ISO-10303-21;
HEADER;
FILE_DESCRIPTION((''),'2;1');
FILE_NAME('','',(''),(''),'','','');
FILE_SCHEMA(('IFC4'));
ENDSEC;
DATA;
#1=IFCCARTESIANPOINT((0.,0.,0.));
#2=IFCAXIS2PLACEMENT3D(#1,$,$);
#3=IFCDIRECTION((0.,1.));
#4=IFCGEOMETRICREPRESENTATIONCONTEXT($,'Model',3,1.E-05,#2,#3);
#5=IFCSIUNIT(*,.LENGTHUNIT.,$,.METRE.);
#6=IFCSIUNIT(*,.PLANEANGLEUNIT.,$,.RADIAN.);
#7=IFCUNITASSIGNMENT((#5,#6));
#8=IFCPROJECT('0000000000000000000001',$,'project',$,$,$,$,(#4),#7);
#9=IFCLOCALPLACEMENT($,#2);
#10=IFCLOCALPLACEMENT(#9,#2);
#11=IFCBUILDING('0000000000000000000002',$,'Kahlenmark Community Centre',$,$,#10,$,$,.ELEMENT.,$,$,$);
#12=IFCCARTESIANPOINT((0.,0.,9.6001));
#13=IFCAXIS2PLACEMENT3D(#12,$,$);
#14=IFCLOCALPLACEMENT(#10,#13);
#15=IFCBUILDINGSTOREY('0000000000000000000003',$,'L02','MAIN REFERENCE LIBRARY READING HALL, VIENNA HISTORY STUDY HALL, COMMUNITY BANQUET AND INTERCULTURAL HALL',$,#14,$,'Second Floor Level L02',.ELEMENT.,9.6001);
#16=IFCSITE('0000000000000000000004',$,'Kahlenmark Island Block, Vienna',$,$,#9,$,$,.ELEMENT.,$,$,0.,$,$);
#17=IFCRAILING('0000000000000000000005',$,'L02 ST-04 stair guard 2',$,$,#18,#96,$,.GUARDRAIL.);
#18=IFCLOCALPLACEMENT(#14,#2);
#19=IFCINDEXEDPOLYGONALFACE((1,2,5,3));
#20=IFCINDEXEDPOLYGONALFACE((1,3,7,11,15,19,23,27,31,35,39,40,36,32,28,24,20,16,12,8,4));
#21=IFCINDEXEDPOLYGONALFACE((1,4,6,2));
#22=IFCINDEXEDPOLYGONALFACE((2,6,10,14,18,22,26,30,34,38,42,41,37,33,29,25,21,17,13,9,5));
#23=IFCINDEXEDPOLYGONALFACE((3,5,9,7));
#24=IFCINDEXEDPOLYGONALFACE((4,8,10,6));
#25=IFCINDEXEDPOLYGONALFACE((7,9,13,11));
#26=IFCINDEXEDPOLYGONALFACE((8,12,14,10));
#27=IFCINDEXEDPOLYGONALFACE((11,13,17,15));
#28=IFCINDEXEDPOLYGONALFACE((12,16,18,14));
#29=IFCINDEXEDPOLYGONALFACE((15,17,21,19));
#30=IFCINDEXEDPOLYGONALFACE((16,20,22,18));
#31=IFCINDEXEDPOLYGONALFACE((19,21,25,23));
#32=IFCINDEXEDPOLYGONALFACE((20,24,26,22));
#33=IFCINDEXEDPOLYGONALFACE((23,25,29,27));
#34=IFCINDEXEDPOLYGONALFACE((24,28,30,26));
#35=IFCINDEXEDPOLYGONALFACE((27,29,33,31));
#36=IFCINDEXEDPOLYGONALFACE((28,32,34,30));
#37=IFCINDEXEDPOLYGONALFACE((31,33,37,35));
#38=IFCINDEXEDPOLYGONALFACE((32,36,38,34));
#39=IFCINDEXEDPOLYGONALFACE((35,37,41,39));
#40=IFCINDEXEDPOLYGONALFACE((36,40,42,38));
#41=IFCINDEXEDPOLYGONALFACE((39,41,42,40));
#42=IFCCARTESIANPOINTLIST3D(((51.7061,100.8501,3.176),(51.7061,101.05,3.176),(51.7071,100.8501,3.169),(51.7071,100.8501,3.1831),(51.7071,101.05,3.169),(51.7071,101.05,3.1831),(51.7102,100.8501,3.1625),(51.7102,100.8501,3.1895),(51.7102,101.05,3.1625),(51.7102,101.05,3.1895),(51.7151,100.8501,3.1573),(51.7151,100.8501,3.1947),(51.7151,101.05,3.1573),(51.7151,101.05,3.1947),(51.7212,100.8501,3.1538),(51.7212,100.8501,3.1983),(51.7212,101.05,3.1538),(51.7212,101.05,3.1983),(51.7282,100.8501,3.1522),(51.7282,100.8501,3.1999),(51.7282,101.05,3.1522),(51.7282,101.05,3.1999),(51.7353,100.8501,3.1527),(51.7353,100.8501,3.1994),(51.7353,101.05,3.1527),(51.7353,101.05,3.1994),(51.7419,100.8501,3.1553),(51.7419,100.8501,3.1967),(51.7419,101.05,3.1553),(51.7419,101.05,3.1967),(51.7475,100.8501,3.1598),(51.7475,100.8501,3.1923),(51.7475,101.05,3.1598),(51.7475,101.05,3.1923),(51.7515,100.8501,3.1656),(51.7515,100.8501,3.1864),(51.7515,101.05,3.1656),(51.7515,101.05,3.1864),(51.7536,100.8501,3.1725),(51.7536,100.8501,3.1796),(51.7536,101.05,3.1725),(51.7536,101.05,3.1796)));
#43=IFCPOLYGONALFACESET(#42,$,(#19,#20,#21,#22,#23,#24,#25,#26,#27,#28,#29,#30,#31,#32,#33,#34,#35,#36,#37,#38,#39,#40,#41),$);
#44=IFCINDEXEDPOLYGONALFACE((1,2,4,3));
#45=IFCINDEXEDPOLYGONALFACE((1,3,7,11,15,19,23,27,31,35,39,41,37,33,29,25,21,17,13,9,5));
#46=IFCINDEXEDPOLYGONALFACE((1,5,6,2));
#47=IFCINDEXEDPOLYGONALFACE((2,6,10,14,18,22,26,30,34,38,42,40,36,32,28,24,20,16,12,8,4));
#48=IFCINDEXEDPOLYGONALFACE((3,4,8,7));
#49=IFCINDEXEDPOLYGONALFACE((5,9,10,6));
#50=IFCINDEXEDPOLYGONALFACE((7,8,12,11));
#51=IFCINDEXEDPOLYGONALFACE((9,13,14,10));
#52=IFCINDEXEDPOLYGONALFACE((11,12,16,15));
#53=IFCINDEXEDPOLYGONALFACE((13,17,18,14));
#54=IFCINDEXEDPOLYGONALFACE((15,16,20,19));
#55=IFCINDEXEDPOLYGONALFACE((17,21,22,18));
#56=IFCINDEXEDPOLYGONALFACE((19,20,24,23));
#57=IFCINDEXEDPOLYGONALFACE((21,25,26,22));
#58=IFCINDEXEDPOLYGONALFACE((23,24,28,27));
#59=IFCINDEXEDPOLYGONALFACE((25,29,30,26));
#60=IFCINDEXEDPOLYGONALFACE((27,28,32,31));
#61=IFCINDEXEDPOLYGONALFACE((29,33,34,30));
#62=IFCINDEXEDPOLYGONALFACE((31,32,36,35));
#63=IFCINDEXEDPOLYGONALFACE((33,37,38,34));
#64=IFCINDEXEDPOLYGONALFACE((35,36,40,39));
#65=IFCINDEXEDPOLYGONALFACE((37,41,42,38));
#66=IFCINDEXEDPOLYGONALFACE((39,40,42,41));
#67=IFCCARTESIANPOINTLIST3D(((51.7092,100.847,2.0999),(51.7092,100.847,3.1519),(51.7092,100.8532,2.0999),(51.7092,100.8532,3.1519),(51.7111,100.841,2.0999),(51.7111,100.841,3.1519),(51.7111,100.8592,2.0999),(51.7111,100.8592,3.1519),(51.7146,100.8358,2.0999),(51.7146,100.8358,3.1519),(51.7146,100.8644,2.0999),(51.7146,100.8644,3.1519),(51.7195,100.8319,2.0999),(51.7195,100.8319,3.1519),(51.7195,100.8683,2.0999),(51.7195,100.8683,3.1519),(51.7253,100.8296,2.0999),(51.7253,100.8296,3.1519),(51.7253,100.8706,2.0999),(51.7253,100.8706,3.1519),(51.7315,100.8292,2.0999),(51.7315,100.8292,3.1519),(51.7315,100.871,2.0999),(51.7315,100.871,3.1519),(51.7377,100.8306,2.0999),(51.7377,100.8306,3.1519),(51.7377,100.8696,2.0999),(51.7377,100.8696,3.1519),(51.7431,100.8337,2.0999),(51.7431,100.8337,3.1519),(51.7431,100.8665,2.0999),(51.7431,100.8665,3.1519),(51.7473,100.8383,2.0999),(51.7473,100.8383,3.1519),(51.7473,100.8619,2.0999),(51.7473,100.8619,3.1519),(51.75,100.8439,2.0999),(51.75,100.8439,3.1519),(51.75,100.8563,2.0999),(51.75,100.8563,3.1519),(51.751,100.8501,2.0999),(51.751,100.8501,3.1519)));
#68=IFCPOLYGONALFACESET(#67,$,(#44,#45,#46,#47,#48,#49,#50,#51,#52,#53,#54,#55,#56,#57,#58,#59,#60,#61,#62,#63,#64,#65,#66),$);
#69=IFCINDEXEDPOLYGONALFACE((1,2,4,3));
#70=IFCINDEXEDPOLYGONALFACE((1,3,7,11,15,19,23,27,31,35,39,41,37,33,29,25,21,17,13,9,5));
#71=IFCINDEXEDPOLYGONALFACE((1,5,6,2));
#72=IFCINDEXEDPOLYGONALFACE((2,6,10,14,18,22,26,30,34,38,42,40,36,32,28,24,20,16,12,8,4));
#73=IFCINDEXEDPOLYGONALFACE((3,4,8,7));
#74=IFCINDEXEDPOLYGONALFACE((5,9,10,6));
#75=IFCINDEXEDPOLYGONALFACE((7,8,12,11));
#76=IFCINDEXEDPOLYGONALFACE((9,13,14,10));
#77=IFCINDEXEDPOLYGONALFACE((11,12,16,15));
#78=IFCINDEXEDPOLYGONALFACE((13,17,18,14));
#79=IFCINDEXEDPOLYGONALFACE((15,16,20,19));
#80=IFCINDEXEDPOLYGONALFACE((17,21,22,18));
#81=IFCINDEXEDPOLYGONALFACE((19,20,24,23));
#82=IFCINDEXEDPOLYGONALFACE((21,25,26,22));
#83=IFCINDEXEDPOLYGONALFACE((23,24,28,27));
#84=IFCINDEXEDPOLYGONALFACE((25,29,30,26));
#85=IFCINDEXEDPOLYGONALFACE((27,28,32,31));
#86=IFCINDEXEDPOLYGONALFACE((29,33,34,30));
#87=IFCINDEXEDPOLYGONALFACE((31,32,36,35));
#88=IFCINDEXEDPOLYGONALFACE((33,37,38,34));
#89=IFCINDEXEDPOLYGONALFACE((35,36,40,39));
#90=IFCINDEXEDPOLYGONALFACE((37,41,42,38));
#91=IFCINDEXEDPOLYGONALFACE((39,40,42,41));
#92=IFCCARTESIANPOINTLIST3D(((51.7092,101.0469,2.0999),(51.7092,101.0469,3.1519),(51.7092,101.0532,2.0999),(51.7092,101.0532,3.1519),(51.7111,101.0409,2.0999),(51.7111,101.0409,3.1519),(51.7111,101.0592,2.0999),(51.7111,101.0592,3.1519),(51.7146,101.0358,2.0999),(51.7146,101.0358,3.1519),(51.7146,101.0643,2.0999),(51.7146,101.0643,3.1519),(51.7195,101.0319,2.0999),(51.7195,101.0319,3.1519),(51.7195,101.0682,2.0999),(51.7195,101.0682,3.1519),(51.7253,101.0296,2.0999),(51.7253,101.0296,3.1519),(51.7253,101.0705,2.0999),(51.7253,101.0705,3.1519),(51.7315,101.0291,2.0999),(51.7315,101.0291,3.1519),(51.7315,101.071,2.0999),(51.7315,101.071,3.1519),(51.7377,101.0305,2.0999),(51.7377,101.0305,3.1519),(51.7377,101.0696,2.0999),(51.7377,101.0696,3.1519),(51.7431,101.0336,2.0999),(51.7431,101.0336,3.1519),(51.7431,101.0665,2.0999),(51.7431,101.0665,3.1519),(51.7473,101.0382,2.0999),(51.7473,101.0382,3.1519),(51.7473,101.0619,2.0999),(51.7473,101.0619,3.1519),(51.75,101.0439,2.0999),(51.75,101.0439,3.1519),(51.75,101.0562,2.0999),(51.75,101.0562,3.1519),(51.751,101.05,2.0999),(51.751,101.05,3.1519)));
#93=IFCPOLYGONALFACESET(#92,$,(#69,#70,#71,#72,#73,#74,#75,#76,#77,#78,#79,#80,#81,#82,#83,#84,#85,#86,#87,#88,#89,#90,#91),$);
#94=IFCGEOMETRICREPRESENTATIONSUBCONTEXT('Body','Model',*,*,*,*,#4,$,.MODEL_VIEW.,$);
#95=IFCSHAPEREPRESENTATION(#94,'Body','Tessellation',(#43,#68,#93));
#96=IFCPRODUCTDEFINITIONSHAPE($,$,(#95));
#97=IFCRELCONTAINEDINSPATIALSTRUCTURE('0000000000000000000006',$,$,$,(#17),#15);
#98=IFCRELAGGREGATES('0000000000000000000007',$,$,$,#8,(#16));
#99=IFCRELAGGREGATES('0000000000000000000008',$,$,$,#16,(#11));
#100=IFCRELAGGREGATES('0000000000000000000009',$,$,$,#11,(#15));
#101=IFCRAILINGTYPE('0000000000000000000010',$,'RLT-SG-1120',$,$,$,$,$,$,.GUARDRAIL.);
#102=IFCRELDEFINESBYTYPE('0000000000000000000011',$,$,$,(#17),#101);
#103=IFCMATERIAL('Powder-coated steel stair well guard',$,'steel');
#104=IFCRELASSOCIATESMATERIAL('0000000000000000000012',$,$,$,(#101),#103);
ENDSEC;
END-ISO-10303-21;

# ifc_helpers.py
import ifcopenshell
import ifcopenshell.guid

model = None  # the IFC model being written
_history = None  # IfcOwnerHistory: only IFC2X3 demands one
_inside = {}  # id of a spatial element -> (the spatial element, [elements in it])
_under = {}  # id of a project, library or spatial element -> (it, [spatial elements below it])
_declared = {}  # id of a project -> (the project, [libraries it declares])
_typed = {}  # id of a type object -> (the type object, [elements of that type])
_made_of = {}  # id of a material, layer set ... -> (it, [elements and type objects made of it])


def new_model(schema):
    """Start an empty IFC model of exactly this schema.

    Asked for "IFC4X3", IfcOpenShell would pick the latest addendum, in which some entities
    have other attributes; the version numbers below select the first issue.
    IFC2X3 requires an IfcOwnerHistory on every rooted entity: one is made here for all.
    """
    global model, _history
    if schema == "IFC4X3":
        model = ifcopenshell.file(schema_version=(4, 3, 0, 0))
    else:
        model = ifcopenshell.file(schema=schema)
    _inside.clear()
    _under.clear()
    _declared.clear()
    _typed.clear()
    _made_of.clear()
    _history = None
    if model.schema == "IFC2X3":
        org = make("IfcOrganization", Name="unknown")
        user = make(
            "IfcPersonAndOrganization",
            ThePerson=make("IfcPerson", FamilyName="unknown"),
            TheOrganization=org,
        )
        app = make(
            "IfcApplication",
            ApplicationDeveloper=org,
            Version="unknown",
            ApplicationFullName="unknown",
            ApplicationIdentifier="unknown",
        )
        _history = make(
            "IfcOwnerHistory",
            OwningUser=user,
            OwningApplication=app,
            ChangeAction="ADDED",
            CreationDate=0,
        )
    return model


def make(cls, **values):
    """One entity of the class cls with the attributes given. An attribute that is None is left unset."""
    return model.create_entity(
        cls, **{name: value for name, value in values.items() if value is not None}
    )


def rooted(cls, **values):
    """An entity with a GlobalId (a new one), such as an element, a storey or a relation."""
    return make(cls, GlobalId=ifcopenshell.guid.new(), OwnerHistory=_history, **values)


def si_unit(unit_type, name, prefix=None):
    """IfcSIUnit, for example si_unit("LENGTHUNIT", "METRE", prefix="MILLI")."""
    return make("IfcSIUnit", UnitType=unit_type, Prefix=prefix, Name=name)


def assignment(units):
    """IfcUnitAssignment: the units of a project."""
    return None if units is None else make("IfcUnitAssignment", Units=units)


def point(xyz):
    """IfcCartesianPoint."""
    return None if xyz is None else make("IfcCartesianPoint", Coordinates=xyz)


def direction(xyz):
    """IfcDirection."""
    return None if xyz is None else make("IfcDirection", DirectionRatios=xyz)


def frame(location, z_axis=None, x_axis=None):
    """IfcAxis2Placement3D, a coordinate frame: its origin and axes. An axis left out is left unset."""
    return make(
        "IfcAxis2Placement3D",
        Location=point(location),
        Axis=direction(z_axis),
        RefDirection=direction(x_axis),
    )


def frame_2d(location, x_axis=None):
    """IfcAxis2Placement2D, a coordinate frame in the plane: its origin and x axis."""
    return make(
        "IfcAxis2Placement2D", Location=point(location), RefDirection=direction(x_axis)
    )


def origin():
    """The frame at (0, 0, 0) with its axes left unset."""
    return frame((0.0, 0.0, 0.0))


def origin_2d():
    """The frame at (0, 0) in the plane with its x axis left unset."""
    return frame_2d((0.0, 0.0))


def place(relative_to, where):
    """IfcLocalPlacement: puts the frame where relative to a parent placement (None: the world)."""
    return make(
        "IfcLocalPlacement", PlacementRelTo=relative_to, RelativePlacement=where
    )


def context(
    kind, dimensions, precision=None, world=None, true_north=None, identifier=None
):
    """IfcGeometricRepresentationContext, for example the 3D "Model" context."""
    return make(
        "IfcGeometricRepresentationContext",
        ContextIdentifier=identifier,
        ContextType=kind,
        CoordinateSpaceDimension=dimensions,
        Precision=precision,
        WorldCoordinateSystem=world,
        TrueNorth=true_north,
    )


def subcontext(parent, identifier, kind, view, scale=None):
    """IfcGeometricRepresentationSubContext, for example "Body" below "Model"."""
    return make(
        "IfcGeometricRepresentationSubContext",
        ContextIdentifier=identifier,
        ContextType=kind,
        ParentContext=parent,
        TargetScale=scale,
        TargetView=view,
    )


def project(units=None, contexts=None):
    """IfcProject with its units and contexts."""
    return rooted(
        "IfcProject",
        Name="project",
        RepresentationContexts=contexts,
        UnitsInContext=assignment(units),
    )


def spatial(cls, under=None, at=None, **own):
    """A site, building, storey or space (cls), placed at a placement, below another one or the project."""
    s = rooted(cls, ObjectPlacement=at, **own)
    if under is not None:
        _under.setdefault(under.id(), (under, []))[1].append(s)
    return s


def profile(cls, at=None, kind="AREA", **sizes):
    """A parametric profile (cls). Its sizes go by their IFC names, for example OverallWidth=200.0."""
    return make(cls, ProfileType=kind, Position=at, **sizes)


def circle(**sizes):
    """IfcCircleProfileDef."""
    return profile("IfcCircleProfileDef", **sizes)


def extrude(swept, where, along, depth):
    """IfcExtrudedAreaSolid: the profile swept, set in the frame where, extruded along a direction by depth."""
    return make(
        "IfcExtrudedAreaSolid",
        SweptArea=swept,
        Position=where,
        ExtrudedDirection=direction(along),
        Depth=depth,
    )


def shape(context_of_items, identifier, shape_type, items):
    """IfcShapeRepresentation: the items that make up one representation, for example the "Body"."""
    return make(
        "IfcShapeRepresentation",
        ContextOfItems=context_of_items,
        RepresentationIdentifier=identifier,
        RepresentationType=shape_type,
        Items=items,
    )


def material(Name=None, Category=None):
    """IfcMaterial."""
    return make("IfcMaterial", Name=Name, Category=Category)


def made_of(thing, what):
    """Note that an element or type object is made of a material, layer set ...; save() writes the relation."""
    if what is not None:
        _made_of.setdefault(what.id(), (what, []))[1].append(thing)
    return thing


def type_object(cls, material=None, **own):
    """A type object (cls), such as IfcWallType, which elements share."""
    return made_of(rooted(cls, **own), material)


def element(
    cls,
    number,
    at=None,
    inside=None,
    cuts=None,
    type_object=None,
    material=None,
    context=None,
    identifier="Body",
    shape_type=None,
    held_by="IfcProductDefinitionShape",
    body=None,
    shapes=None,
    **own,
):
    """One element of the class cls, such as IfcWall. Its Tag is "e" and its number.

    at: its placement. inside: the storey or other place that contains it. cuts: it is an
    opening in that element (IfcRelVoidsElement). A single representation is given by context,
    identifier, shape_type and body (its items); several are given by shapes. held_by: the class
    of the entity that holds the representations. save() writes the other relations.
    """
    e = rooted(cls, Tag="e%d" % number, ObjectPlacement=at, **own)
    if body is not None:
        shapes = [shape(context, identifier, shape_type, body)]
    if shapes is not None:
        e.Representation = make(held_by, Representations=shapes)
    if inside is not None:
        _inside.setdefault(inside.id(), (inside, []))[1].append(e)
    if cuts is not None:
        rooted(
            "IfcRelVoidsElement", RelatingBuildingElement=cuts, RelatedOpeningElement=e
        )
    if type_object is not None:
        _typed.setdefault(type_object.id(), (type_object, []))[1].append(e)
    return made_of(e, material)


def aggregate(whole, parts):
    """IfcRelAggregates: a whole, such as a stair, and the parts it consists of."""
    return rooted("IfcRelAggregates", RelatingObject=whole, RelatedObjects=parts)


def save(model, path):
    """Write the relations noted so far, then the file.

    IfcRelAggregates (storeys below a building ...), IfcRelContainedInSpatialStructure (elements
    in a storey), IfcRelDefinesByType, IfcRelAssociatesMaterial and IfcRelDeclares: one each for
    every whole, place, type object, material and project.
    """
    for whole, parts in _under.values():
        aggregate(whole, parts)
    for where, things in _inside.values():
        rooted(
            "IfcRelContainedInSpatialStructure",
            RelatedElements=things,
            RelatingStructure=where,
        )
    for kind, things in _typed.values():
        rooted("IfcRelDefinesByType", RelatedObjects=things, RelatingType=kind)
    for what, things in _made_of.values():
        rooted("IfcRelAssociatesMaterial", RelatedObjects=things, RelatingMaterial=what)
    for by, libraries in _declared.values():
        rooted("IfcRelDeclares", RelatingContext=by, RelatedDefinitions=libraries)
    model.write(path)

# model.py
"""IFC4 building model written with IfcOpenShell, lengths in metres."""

from ifc_helpers import new_model, si_unit, direction, frame, origin, origin_2d, place, context, subcontext, project, spatial, circle, extrude, material, type_object, element, save


model = new_model("IFC4")

# Units and contexts
model_context = context("Model", 3, precision=1e-05, world=origin(), true_north=direction((0.0, 1.0)))
body_context = subcontext(model_context, "Body", "Model", "MODEL_VIEW")
ifc_project = project(units=[si_unit("LENGTHUNIT", "METRE"), si_unit("PLANEANGLEUNIT", "RADIAN")], contexts=[model_context])

# Site, building, storey
site_placement = place(None, origin())
site = spatial("IfcSite", under=ifc_project, at=site_placement, Name="Kahlenmark Island Block, Vienna", CompositionType="ELEMENT", RefElevation=0.0)
building_placement = place(site_placement, origin())
building = spatial("IfcBuilding", under=site, at=building_placement, Name="Kahlenmark Community Centre", CompositionType="ELEMENT")
storey_placement = place(building_placement, frame((0.0, 0.0, 9.6001)))
storey = spatial("IfcBuildingStorey", under=building, at=storey_placement, Name="L02", Description="MAIN REFERENCE LIBRARY READING HALL, VIENNA HISTORY STUDY HALL, COMMUNITY BANQUET AND INTERCULTURAL HALL", LongName="Second Floor Level L02", CompositionType="ELEMENT", Elevation=9.6001)

# Railing
ifc_material_1 = material(Name="Powder-coated steel stair well guard", Category="steel")
railing_type_1 = type_object("IfcRailingType", Name="RLT-SG-1120", PredefinedType="GUARDRAIL", material=ifc_material_1)
railing_1_placement = place(storey_placement, frame((51.73, 100.8501, 2.0999)))
element("IfcRailing", 1, at=railing_1_placement, inside=storey, type_object=railing_type_1, Name="L02 ST-04 stair guard 2", PredefinedType="GUARDRAIL", context=body_context, shape_type="SweptSolid", body=[
    extrude(circle(Radius=0.0239, at=origin_2d()), frame((0.0, 0.0, 1.0762), z_axis=(0.0, 1.0, 0.0), x_axis=(-1.0, 0.0, 0.0)), (0.0, 0.0, 1.0), 0.2),
    extrude(circle(Radius=0.021, at=origin_2d()), origin(), (0.0, 0.0, 1.0), 1.052),
    extrude(circle(Radius=0.021, at=origin_2d()), frame((0.0, 0.2, 0.0)), (0.0, 0.0, 1.0), 1.052),
])

save(model, "model.ifc")
